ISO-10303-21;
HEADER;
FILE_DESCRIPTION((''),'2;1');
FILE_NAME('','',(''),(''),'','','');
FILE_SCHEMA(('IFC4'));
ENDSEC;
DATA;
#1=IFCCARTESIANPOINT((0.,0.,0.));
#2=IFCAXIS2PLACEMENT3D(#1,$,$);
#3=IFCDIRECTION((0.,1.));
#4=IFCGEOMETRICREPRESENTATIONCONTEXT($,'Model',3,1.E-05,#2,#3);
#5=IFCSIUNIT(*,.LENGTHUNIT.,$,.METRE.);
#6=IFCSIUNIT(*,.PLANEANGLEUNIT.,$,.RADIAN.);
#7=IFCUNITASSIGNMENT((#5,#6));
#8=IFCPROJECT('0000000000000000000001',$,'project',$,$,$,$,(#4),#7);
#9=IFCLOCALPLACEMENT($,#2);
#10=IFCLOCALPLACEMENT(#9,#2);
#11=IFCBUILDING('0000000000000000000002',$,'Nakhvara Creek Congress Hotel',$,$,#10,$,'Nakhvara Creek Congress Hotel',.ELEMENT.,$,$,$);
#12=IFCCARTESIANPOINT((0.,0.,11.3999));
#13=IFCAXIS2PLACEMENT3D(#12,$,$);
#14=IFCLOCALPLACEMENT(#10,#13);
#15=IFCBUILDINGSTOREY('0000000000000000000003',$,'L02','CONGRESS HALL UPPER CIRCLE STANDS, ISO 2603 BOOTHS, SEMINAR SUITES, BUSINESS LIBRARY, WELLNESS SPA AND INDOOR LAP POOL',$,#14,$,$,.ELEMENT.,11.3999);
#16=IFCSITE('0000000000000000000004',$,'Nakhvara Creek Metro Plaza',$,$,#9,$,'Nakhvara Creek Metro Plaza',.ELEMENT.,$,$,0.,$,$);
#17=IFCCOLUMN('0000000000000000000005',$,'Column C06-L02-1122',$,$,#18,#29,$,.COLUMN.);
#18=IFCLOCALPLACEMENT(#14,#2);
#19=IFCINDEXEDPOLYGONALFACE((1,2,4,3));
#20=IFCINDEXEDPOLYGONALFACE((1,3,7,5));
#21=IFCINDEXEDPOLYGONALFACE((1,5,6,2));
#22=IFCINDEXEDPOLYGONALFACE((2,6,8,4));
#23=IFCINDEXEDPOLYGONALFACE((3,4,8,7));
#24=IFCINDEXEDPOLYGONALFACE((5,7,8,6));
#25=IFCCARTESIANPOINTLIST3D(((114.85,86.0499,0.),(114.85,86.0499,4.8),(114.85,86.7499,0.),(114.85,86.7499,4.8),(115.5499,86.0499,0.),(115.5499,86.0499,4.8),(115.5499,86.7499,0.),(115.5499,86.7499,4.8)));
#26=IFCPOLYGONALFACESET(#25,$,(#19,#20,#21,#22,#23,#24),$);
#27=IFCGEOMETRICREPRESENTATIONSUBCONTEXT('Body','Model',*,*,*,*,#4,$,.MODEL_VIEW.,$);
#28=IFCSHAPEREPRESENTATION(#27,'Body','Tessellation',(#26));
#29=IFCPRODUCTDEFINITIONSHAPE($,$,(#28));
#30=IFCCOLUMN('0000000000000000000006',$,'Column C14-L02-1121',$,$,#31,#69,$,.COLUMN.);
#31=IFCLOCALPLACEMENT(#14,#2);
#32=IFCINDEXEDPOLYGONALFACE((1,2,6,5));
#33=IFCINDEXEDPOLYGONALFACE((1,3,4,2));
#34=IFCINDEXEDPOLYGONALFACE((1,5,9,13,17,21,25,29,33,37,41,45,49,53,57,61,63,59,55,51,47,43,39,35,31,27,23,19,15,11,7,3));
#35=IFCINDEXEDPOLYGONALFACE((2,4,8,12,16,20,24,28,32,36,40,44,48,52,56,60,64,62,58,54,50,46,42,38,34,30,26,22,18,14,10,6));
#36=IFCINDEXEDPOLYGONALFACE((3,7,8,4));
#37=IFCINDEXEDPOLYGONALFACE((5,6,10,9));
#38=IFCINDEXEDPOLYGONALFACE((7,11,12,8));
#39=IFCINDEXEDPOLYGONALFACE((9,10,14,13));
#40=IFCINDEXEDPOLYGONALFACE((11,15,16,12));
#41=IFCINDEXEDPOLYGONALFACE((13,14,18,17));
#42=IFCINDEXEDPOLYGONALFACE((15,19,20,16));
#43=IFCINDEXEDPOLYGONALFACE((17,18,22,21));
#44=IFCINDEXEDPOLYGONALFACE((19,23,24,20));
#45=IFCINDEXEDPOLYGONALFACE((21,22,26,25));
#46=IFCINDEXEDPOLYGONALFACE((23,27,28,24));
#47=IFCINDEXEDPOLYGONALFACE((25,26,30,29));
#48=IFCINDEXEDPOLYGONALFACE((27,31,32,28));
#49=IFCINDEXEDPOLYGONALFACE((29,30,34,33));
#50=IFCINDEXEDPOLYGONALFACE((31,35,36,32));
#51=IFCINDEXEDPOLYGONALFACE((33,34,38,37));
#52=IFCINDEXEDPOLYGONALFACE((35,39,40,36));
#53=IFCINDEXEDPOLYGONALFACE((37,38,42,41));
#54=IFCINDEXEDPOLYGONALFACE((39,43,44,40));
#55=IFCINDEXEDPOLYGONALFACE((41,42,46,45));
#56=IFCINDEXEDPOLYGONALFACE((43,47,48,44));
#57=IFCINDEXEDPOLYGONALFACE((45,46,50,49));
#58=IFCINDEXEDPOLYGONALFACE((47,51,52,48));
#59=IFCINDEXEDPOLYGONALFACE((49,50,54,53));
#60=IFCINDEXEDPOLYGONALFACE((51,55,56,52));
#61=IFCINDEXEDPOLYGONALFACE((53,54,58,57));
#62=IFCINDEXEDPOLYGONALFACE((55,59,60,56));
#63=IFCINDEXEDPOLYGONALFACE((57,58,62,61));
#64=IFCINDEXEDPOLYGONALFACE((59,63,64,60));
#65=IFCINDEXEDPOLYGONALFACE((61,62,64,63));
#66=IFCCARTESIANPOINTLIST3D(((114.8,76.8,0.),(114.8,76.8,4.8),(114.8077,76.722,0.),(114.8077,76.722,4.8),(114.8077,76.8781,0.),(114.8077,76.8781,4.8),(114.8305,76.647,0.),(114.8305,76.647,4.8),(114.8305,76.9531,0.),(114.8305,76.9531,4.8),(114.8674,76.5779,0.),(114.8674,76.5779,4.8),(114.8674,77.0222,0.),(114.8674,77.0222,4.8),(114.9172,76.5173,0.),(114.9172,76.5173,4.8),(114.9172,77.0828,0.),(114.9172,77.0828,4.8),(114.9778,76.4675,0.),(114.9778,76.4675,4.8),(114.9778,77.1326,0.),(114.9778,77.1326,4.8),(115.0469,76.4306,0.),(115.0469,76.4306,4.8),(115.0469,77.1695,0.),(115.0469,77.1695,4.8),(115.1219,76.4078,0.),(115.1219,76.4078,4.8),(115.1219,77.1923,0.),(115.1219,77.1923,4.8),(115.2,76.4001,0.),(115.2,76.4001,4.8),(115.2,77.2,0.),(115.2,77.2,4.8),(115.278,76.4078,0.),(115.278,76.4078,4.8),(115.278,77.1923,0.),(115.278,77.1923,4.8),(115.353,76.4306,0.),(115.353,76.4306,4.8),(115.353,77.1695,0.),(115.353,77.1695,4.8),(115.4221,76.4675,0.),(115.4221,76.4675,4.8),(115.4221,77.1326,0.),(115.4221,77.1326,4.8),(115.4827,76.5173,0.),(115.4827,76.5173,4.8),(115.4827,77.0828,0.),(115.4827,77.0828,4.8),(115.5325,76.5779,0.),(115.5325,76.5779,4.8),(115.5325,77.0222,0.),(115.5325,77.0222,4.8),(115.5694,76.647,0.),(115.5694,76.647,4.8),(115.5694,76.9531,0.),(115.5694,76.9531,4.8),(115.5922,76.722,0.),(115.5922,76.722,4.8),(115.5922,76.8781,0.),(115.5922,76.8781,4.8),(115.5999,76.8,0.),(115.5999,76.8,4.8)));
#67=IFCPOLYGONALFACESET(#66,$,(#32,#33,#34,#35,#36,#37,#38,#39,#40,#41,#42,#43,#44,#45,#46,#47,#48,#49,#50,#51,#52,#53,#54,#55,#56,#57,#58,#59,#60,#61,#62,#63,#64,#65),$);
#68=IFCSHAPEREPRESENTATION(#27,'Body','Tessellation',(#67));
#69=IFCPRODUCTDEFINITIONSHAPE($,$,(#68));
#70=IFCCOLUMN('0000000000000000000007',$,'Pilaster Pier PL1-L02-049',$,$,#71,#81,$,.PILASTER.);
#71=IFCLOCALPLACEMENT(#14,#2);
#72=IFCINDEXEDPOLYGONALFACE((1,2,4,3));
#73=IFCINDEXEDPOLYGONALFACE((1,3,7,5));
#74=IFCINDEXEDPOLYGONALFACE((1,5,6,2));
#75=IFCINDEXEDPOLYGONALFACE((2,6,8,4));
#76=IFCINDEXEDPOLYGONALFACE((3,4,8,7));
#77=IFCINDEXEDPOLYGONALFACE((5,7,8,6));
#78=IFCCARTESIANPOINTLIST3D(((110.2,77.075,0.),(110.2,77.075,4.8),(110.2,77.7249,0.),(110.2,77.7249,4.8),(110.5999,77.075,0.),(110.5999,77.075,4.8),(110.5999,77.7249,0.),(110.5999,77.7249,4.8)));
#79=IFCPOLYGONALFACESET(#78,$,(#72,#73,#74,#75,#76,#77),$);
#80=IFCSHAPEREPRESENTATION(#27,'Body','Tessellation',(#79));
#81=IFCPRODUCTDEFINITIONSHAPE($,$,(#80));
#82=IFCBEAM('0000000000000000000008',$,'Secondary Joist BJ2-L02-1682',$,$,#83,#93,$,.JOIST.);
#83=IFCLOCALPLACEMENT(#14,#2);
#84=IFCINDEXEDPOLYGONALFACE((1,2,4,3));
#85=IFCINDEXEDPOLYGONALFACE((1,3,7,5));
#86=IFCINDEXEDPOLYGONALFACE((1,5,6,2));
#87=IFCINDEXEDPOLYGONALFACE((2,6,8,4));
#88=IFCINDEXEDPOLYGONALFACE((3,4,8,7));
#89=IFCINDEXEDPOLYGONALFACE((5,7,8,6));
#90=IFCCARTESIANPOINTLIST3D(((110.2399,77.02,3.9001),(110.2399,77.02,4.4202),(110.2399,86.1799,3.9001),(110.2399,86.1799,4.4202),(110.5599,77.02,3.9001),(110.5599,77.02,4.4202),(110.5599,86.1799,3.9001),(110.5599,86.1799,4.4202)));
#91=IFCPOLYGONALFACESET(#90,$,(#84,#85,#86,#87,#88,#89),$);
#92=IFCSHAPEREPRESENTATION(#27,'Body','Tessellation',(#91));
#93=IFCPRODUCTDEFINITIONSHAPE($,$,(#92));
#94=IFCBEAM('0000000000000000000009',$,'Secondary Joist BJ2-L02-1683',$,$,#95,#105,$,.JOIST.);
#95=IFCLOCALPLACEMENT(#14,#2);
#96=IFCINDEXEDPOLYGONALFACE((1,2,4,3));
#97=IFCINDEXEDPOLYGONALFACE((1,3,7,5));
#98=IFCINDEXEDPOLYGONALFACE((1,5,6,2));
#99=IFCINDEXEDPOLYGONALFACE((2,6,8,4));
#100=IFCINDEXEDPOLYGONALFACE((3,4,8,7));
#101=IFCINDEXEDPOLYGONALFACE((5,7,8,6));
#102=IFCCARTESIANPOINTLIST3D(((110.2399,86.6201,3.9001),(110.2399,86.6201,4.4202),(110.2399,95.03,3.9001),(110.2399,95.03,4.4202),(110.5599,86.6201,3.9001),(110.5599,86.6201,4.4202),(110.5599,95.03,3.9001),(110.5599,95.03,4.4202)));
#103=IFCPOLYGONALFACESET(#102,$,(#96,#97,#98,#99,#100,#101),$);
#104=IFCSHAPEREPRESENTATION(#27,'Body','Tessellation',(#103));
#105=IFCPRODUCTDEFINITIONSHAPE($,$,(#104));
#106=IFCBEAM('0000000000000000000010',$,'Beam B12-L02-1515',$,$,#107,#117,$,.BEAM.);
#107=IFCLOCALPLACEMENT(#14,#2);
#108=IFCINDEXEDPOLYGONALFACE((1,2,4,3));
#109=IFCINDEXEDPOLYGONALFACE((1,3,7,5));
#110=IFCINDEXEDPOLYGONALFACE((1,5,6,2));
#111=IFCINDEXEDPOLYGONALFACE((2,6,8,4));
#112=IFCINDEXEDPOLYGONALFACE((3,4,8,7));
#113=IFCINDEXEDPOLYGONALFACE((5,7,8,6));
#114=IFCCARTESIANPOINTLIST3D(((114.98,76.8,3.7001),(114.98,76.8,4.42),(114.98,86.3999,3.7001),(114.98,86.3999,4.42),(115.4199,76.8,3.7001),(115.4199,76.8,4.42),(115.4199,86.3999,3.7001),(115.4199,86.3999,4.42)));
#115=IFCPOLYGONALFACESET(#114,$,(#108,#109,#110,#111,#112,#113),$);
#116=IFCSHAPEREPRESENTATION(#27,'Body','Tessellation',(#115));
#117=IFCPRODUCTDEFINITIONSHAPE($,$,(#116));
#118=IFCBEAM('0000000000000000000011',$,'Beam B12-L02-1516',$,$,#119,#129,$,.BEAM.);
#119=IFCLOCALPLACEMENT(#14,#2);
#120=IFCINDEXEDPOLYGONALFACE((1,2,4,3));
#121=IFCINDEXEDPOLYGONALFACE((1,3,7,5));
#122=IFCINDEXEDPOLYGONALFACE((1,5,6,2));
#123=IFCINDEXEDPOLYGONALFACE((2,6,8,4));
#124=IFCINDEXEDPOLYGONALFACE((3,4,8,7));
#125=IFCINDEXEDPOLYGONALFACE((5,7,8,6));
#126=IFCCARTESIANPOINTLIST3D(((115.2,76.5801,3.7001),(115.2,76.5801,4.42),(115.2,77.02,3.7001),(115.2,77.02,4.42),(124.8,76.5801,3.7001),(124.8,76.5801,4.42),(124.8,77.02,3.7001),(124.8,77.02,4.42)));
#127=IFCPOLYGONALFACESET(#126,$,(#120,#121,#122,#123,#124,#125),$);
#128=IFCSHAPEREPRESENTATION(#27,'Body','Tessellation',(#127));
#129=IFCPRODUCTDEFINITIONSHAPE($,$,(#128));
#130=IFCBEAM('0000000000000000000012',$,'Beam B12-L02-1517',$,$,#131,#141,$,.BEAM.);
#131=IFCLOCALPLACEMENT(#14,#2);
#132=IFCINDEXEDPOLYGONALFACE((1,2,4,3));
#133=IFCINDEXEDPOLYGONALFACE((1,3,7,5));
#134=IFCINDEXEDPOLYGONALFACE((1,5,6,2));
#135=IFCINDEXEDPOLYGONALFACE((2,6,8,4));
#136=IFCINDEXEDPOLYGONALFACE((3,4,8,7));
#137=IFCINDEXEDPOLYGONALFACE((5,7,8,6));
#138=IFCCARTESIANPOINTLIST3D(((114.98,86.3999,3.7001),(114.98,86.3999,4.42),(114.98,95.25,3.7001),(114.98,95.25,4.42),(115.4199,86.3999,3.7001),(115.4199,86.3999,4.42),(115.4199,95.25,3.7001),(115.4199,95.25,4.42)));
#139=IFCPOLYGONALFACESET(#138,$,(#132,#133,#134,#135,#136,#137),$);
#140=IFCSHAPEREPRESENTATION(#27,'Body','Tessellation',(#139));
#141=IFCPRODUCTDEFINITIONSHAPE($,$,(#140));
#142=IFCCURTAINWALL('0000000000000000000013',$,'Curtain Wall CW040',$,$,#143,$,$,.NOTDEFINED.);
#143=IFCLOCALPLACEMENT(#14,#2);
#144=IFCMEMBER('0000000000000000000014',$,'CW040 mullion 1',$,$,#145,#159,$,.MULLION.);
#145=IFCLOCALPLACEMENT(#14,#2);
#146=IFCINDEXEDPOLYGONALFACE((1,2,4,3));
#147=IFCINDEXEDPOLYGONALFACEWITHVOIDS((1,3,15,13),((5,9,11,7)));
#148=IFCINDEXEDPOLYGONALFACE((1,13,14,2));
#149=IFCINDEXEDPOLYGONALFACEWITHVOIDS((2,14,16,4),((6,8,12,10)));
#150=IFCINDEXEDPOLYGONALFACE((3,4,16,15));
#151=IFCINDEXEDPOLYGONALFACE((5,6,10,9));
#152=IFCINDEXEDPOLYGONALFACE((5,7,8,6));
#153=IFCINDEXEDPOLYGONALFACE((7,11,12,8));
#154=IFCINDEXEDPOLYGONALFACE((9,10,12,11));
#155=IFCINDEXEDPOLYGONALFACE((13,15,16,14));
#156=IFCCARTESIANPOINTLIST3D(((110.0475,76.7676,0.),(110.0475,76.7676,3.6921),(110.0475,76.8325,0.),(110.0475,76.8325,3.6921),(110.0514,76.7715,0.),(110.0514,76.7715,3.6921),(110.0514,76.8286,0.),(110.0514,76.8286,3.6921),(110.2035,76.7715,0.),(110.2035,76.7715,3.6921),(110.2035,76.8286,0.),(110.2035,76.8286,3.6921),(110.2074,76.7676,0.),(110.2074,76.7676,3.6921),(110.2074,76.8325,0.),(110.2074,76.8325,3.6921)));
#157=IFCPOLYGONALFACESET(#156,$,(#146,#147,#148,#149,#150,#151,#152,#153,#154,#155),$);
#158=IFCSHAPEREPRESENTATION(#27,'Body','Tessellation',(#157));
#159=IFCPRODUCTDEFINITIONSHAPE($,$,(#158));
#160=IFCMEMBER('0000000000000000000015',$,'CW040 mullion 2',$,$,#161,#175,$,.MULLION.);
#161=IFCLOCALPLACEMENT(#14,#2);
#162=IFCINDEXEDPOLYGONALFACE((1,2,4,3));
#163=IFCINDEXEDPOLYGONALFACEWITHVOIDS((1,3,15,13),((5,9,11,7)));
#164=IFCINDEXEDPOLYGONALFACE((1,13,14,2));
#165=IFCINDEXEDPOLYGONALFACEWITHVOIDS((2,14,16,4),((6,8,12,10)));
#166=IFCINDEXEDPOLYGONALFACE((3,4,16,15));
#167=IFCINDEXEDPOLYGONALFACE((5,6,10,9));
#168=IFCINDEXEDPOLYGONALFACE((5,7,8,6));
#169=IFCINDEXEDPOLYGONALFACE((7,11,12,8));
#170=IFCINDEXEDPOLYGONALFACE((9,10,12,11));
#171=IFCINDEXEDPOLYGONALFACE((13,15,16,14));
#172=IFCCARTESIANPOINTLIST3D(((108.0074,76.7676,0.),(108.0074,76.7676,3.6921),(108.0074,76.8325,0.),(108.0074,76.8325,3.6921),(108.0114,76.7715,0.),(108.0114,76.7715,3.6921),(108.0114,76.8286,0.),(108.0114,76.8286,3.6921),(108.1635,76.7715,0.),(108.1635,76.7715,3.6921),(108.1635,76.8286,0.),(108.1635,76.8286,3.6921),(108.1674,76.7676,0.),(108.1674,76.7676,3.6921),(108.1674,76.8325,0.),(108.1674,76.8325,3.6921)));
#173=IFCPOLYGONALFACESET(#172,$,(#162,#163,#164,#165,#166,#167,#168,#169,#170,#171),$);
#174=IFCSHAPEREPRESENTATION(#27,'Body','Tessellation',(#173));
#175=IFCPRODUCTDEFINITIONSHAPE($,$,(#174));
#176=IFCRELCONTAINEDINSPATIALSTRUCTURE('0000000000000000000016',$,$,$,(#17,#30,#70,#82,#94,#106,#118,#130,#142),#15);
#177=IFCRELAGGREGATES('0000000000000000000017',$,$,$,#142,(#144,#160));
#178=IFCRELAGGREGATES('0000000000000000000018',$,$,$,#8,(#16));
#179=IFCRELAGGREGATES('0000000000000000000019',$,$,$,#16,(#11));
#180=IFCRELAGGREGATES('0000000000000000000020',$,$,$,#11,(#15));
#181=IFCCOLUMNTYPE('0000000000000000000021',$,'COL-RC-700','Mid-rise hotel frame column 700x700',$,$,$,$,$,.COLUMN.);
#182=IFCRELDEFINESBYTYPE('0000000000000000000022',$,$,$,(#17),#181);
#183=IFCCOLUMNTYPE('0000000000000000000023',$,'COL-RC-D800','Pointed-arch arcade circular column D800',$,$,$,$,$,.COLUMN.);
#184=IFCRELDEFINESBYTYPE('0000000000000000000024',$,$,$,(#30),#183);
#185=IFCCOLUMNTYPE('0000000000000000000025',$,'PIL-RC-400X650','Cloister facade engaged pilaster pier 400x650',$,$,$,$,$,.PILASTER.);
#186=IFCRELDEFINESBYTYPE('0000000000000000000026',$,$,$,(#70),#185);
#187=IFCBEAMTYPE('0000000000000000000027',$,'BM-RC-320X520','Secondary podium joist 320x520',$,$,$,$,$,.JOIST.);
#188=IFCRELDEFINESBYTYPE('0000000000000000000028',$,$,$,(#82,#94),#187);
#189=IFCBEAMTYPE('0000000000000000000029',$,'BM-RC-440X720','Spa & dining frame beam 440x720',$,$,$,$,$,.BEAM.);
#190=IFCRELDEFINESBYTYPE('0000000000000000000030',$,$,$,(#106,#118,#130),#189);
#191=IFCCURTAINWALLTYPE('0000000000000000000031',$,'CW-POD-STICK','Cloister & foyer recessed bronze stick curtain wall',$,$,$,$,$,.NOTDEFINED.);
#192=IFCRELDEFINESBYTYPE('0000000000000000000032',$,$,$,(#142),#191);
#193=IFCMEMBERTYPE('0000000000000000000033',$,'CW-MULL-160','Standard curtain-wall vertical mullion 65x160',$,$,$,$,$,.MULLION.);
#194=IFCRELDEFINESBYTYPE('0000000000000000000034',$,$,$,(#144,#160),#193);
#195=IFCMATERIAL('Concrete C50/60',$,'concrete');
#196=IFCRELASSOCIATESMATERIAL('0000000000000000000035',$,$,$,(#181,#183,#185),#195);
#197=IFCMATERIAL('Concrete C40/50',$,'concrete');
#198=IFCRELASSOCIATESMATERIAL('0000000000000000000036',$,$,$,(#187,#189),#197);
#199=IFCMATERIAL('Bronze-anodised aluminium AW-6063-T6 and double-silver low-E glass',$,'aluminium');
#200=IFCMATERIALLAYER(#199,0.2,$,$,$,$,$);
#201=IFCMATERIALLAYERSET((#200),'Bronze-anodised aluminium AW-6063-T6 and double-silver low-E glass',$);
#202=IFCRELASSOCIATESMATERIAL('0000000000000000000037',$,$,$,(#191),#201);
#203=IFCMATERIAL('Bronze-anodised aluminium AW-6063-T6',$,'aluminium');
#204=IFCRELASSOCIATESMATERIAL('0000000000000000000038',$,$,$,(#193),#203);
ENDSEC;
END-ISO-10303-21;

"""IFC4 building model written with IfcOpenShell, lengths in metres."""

from ifc_helpers import new_model, si_unit, direction, frame, origin, origin_2d, place, context, subcontext, project, spatial, rectangle, hollow_rectangle, circle, extrude, material, layer, layer_set, material_profile, profile_set, type_object, element, aggregate, save


model = new_model("IFC4")

# Units and contexts
model_context = context("Model", 3, precision=1e-05, world=origin(), true_north=direction((0.0, 1.0)))
body_context = subcontext(model_context, "Body", "Model", "MODEL_VIEW")
ifc_project = project(units=[si_unit("LENGTHUNIT", "METRE"), si_unit("PLANEANGLEUNIT", "RADIAN")], contexts=[model_context])

# Site, building, storey
site_placement = place(None, origin())
site = spatial("IfcSite", under=ifc_project, at=site_placement, Name="Nakhvara Creek Metro Plaza", LongName="Nakhvara Creek Metro Plaza", CompositionType="ELEMENT", RefElevation=0.0)
building_placement = place(site_placement, origin())
building = spatial("IfcBuilding", under=site, at=building_placement, Name="Nakhvara Creek Congress Hotel", LongName="Nakhvara Creek Congress Hotel", CompositionType="ELEMENT")
storey_placement = place(building_placement, frame((0.0, 0.0, 11.3999)))
storey = spatial("IfcBuildingStorey", under=building, at=storey_placement, Name="L02", Description="CONGRESS HALL UPPER CIRCLE STANDS, ISO 2603 BOOTHS, SEMINAR SUITES, BUSINESS LIBRARY, WELLNESS SPA AND INDOOR LAP POOL", CompositionType="ELEMENT", Elevation=11.3999)

# Columns
ifc_material_1 = material(Name="Concrete C50/60", Category="concrete")
ifc_material_profile_1 = material_profile(ifc_material_1, rectangle(XDim=0.7, YDim=0.7, at=origin_2d()), Name="RC-COL 700x700", Category="LoadBearing")
ifc_profile_set_1 = profile_set([ifc_material_profile_1], Name="Concrete C50/60")
column_type_1 = type_object("IfcColumnType", Name="COL-RC-700", Description="Mid-rise hotel frame column 700x700", PredefinedType="COLUMN", material=ifc_profile_set_1)
column_1_placement = place(storey_placement, frame((115.2, 86.3999, 0.0), z_axis=(0.0, 0.0, 1.0), x_axis=(1.0, 0.0, 0.0)))
element("IfcColumn", 1, at=column_1_placement, inside=storey, type_object=column_type_1, Name="Column C06-L02-1122", PredefinedType="COLUMN", context=body_context, shape_type="SweptSolid", body=[
    extrude(rectangle(XDim=0.7, YDim=0.7, at=origin_2d()), origin(), (0.0, 0.0, 1.0), 4.8),
])
ifc_material_profile_2 = material_profile(ifc_material_1, circle(Radius=0.3999, at=origin_2d()), Name="RC-COL D800", Category="LoadBearing")
ifc_profile_set_2 = profile_set([ifc_material_profile_2], Name="Concrete C50/60")
column_type_2 = type_object("IfcColumnType", Name="COL-RC-D800", Description="Pointed-arch arcade circular column D800", PredefinedType="COLUMN", material=ifc_profile_set_2)
column_2_placement = place(storey_placement, frame((115.2, 76.8, 0.0), z_axis=(0.0, 0.0, 1.0), x_axis=(1.0, 0.0, 0.0)))
element("IfcColumn", 2, at=column_2_placement, inside=storey, type_object=column_type_2, Name="Column C14-L02-1121", PredefinedType="COLUMN", context=body_context, shape_type="SweptSolid", body=[
    extrude(circle(Radius=0.3999, at=origin_2d()), origin(), (0.0, 0.0, 1.0), 4.8),
])
ifc_material_profile_3 = material_profile(ifc_material_1, rectangle(XDim=0.3999, YDim=0.6499, at=origin_2d()), Name="RC-PIL 400x650", Category="LoadBearing")
ifc_profile_set_3 = profile_set([ifc_material_profile_3], Name="Concrete C50/60")
column_type_3 = type_object("IfcColumnType", Name="PIL-RC-400X650", Description="Cloister facade engaged pilaster pier 400x650", PredefinedType="PILASTER", material=ifc_profile_set_3)
column_3_placement = place(storey_placement, frame((110.3999, 77.3999, 0.0), z_axis=(0.0, 0.0, 1.0), x_axis=(1.0, 0.0, 0.0)))
element("IfcColumn", 3, at=column_3_placement, inside=storey, type_object=column_type_3, Name="Pilaster Pier PL1-L02-049", PredefinedType="PILASTER", context=body_context, shape_type="SweptSolid", body=[
    extrude(rectangle(XDim=0.3999, YDim=0.6499, at=origin_2d()), origin(), (0.0, 0.0, 1.0), 4.8),
])

# Beams
ifc_material_2 = material(Name="Concrete C40/50", Category="concrete")
ifc_material_profile_4 = material_profile(ifc_material_2, rectangle(XDim=0.3201, YDim=0.52, at=origin_2d()), Name="RC-BM 320x520", Category="LoadBearing")
ifc_profile_set_4 = profile_set([ifc_material_profile_4], Name="Concrete C40/50")
beam_type_1 = type_object("IfcBeamType", Name="BM-RC-320X520", Description="Secondary podium joist 320x520", PredefinedType="JOIST", material=ifc_profile_set_4)
beam_1_placement = place(storey_placement, frame((110.3999, 77.02, 4.1602), z_axis=(0.0, 1.0, 0.0), x_axis=(-1.0, 0.0, 0.0)))
element("IfcBeam", 4, at=beam_1_placement, inside=storey, type_object=beam_type_1, Name="Secondary Joist BJ2-L02-1682", PredefinedType="JOIST", context=body_context, shape_type="SweptSolid", body=[
    extrude(rectangle(XDim=0.3201, YDim=0.52, at=origin_2d()), origin(), (0.0, 0.0, 1.0), 9.1599),
])
beam_2_placement = place(storey_placement, frame((110.3999, 86.6201, 4.1602), z_axis=(0.0, 1.0, 0.0), x_axis=(-1.0, 0.0, 0.0)))
element("IfcBeam", 5, at=beam_2_placement, inside=storey, type_object=beam_type_1, Name="Secondary Joist BJ2-L02-1683", PredefinedType="JOIST", context=body_context, shape_type="SweptSolid", body=[
    extrude(rectangle(XDim=0.3201, YDim=0.52, at=origin_2d()), origin(), (0.0, 0.0, 1.0), 8.4099),
])
ifc_material_profile_5 = material_profile(ifc_material_2, rectangle(XDim=0.4399, YDim=0.72, at=origin_2d()), Name="RC-BM 440x720", Category="LoadBearing")
ifc_profile_set_5 = profile_set([ifc_material_profile_5], Name="Concrete C40/50")
beam_type_2 = type_object("IfcBeamType", Name="BM-RC-440X720", Description="Spa & dining frame beam 440x720", PredefinedType="BEAM", material=ifc_profile_set_5)
beam_3_placement = place(storey_placement, frame((115.2, 76.8, 4.0601), z_axis=(0.0, 1.0, 0.0), x_axis=(-1.0, 0.0, 0.0)))
element("IfcBeam", 6, at=beam_3_placement, inside=storey, type_object=beam_type_2, Name="Beam B12-L02-1515", PredefinedType="BEAM", context=body_context, shape_type="SweptSolid", body=[
    extrude(rectangle(XDim=0.4399, YDim=0.72, at=origin_2d()), origin(), (0.0, 0.0, 1.0), 9.5999),
])
beam_4_placement = place(storey_placement, frame((115.2, 76.8, 4.0601), z_axis=(1.0, 0.0, 0.0), x_axis=(0.0, 1.0, 0.0)))
element("IfcBeam", 7, at=beam_4_placement, inside=storey, type_object=beam_type_2, Name="Beam B12-L02-1516", PredefinedType="BEAM", context=body_context, shape_type="SweptSolid", body=[
    extrude(rectangle(XDim=0.4399, YDim=0.72, at=origin_2d()), origin(), (0.0, 0.0, 1.0), 9.6001),
])
beam_5_placement = place(storey_placement, frame((115.2, 86.3999, 4.0601), z_axis=(0.0, 1.0, 0.0), x_axis=(-1.0, 0.0, 0.0)))
element("IfcBeam", 8, at=beam_5_placement, inside=storey, type_object=beam_type_2, Name="Beam B12-L02-1517", PredefinedType="BEAM", context=body_context, shape_type="SweptSolid", body=[
    extrude(rectangle(XDim=0.4399, YDim=0.72, at=origin_2d()), origin(), (0.0, 0.0, 1.0), 8.8501),
])

# Curtain wall, members
ifc_material_3 = material(Name="Bronze-anodised aluminium AW-6063-T6 and double-silver low-E glass", Category="aluminium")
ifc_layer_1 = layer(ifc_material_3, 0.2)
ifc_layer_set_1 = layer_set([ifc_layer_1], Name="Bronze-anodised aluminium AW-6063-T6 and double-silver low-E glass")
curtain_wall_type = type_object("IfcCurtainWallType", Name="CW-POD-STICK", Description="Cloister & foyer recessed bronze stick curtain wall", PredefinedType="NOTDEFINED", material=ifc_layer_set_1)
curtain_wall_placement = place(storey_placement, origin())
curtain_wall = element("IfcCurtainWall", 9, at=curtain_wall_placement, inside=storey, type_object=curtain_wall_type, Name="Curtain Wall CW040", PredefinedType="NOTDEFINED")
ifc_material_4 = material(Name="Bronze-anodised aluminium AW-6063-T6", Category="aluminium")
ifc_material_profile_6 = material_profile(ifc_material_4, hollow_rectangle(XDim=0.0649, YDim=0.1599, WallThickness=0.0039, at=origin_2d()), Name="ALU-MULL 65x160x4", Category="LoadBearing")
ifc_profile_set_6 = profile_set([ifc_material_profile_6], Name="Bronze-anodised aluminium AW-6063-T6")
member_type_1 = type_object("IfcMemberType", Name="CW-MULL-160", Description="Standard curtain-wall vertical mullion 65x160", PredefinedType="MULLION", material=ifc_profile_set_6)
member_1_placement = place(storey_placement, frame((110.1274, 76.8, 0.0), z_axis=(0.0, 0.0, 1.0), x_axis=(0.0, -1.0, 0.0)))
member_1 = element("IfcMember", 10, at=member_1_placement, type_object=member_type_1, Name="CW040 mullion 1", PredefinedType="MULLION", context=body_context, shape_type="SweptSolid", body=[
    extrude(hollow_rectangle(XDim=0.0649, YDim=0.1599, WallThickness=0.0039, at=origin_2d()), origin(), (0.0, 0.0, 1.0), 3.6921),
])
member_2_placement = place(storey_placement, frame((108.0874, 76.8, 0.0), z_axis=(0.0, 0.0, 1.0), x_axis=(0.0, -1.0, 0.0)))
member_2 = element("IfcMember", 11, at=member_2_placement, type_object=member_type_1, Name="CW040 mullion 2", PredefinedType="MULLION", context=body_context, shape_type="SweptSolid", body=[
    extrude(hollow_rectangle(XDim=0.0649, YDim=0.1599, WallThickness=0.0039, at=origin_2d()), origin(), (0.0, 0.0, 1.0), 3.6921),
])
aggregate(curtain_wall, [member_1, member_2])

save(model, "model.ifc")
